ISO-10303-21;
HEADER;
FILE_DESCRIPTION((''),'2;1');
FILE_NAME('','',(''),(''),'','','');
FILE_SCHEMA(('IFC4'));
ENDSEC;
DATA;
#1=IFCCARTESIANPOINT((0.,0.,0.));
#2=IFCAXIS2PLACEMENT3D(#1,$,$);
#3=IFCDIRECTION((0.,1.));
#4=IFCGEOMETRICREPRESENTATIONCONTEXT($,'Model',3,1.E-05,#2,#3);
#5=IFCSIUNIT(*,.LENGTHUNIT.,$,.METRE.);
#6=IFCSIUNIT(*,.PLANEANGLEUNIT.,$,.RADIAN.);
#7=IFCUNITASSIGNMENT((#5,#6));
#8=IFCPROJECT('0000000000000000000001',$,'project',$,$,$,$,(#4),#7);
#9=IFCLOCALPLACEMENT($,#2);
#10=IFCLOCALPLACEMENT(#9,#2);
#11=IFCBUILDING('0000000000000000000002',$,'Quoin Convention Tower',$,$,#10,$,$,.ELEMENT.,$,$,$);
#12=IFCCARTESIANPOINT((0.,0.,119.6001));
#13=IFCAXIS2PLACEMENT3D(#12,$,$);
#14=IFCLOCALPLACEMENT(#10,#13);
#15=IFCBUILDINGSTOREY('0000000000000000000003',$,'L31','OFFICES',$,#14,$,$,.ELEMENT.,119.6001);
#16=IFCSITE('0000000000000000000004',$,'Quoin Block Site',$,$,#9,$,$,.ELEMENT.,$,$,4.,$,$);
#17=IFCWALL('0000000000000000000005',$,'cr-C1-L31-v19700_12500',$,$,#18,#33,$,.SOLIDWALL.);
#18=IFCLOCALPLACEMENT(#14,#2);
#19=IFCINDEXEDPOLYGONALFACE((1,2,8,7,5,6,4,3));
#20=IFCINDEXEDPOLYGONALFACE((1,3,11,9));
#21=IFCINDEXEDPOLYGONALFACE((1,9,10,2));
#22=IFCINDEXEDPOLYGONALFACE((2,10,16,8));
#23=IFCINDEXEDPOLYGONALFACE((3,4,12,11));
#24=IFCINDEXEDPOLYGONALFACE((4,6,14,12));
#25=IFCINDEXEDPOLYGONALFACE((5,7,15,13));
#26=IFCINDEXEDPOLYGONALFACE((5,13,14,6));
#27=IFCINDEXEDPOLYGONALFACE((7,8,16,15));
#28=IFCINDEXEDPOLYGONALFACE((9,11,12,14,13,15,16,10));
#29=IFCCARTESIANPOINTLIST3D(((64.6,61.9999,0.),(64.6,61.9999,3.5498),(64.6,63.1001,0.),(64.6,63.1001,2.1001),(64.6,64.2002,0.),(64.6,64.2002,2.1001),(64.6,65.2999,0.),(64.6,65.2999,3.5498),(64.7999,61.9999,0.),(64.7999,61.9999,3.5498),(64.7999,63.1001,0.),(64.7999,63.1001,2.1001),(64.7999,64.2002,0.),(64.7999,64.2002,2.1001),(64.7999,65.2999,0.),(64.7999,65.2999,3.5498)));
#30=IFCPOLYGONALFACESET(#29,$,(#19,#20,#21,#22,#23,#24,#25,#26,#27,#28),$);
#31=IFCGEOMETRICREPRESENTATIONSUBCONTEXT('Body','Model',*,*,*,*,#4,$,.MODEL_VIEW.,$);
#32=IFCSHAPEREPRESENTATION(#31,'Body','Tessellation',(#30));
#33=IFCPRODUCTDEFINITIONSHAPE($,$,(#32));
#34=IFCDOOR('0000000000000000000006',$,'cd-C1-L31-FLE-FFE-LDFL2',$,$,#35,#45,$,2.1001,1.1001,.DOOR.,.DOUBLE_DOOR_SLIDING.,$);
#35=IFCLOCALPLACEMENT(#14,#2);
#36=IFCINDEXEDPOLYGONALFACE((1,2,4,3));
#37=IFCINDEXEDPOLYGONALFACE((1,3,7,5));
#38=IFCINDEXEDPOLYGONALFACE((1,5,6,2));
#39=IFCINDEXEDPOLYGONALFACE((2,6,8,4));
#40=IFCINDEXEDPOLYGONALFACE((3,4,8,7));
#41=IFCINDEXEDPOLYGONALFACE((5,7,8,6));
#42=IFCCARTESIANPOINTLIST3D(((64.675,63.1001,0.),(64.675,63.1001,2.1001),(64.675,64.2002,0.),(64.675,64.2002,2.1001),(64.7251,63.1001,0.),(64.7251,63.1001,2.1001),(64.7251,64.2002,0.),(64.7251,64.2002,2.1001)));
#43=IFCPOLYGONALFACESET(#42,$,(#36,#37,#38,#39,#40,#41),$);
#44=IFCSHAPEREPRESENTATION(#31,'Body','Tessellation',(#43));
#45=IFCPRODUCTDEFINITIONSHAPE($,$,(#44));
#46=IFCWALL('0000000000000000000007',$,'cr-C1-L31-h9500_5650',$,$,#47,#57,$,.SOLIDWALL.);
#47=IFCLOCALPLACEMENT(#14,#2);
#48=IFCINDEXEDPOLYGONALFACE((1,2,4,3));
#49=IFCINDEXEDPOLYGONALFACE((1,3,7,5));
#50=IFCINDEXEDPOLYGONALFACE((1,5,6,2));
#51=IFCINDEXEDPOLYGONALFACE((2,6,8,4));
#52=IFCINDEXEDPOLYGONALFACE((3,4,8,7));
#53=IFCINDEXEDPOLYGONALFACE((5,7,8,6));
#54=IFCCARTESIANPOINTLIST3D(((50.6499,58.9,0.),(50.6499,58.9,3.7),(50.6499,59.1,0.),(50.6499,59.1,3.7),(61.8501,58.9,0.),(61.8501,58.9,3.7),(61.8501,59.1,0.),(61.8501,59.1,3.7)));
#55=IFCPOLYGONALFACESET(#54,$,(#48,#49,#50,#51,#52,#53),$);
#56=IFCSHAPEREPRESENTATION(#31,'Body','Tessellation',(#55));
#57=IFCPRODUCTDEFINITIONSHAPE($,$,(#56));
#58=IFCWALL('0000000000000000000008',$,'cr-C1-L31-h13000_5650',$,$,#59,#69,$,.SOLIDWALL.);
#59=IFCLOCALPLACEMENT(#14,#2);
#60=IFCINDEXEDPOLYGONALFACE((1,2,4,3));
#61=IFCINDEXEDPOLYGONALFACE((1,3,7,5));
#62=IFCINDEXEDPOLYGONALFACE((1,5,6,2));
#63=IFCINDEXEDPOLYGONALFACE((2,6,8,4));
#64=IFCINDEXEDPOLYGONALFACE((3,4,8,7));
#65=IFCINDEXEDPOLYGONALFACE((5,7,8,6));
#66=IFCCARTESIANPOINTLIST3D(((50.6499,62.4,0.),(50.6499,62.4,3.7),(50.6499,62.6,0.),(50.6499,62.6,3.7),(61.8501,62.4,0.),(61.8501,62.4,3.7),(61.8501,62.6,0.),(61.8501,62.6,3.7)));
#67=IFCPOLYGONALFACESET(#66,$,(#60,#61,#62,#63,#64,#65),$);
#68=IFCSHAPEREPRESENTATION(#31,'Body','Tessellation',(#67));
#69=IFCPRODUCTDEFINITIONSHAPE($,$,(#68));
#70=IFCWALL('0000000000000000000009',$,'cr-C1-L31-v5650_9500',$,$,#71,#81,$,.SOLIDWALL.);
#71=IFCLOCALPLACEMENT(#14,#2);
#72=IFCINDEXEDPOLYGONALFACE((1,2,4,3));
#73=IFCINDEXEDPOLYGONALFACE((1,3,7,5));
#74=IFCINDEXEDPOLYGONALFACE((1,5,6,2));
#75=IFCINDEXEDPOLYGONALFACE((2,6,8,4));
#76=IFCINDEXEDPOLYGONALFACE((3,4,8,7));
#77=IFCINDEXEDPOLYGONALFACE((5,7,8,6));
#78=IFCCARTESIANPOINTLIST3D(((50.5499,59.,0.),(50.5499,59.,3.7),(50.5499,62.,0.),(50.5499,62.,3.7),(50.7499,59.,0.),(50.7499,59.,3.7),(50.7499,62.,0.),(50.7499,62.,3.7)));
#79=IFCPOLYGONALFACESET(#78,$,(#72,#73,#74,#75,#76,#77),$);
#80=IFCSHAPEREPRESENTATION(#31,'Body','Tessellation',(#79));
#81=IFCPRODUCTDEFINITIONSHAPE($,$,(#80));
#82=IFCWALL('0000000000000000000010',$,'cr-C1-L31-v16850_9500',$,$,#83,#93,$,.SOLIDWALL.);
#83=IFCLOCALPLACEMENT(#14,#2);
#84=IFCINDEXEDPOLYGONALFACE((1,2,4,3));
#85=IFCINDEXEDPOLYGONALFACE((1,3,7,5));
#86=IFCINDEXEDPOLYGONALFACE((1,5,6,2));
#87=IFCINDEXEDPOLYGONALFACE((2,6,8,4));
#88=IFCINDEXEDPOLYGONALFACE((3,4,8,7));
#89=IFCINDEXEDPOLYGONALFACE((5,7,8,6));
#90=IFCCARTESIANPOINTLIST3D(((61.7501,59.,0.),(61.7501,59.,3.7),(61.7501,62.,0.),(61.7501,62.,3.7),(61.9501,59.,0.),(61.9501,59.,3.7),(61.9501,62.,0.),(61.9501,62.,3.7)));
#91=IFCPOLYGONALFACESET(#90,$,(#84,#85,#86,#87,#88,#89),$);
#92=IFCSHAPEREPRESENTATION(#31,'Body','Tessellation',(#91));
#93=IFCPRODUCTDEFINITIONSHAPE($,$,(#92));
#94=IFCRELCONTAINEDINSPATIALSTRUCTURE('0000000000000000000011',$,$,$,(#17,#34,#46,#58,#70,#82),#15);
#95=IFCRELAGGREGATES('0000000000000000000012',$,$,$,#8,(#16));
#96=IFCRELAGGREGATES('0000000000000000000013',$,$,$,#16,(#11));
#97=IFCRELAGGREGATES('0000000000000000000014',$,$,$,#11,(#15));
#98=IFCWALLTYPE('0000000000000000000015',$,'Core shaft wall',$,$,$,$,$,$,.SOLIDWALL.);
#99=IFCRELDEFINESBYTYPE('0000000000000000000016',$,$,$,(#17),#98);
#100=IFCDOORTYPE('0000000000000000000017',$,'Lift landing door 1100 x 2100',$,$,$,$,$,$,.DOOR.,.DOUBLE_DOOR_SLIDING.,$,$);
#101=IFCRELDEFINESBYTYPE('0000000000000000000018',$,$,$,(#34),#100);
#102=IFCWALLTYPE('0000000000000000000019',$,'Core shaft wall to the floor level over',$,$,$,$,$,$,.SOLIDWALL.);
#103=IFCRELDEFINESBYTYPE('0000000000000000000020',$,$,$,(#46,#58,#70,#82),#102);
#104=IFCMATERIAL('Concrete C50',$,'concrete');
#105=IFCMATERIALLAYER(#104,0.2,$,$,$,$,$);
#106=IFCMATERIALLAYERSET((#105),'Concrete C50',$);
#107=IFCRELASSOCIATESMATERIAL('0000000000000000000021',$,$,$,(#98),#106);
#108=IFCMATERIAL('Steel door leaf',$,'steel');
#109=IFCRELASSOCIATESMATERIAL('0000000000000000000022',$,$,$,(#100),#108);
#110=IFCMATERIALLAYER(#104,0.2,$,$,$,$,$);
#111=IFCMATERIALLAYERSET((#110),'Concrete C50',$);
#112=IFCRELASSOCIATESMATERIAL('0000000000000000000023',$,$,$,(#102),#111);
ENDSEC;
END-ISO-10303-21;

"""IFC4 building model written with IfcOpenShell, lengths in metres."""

from ifc_helpers import new_model, si_unit, direction, frame, frame_2d, origin, place, context, subcontext, project, spatial, rectangle, extrude, material, layer, layer_set, type_object, element, fill, save


model = new_model("IFC4")

# Units and contexts
model_context = context("Model", 3, precision=1e-05, world=origin(), true_north=direction((0.0, 1.0)))
body_context = subcontext(model_context, "Body", "Model", "MODEL_VIEW")
ifc_project = project(units=[si_unit("LENGTHUNIT", "METRE"), si_unit("PLANEANGLEUNIT", "RADIAN")], contexts=[model_context])

# Site, building, storey
site_placement = place(None, origin())
site = spatial("IfcSite", under=ifc_project, at=site_placement, Name="Quoin Block Site", CompositionType="ELEMENT", RefElevation=4.0)
building_placement = place(site_placement, origin())
building = spatial("IfcBuilding", under=site, at=building_placement, Name="Quoin Convention Tower", CompositionType="ELEMENT")
storey_placement = place(building_placement, frame((0.0, 0.0, 119.6001)))
storey = spatial("IfcBuildingStorey", under=building, at=storey_placement, Name="L31", Description="OFFICES", CompositionType="ELEMENT", Elevation=119.6001)

# Shared definitions
ifc_material_1 = material(Name="Concrete C50", Category="concrete")
ifc_layer_1 = layer(ifc_material_1, 0.2)
ifc_layer_set_1 = layer_set([ifc_layer_1], Name="Concrete C50")
wall_type_1 = type_object("IfcWallType", Name="Core shaft wall", PredefinedType="SOLIDWALL", material=ifc_layer_set_1)

# Shared definitions
ifc_material_2 = material(Name="Steel door leaf", Category="steel")

# Wall, opening, door
wall_1_placement = place(storey_placement, frame((64.7, 62.0, 0.0), z_axis=(0.0, 0.0, 1.0), x_axis=(0.0, 1.0, 0.0)))
wall_1 = element("IfcWall", 1, at=wall_1_placement, inside=storey, type_object=wall_type_1, Name="cr-C1-L31-v19700_12500", PredefinedType="SOLIDWALL", context=body_context, shape_type="SweptSolid", body=[
    extrude(rectangle(XDim=3.3, YDim=0.2, at=frame_2d((1.6499, 0.0))), origin(), (0.0, 0.0, 1.0), 3.5498),
])
opening_1_placement = place(wall_1_placement, frame((1.1001, 0.0, 0.0)))
opening_1 = element("IfcOpeningElement", 2, at=opening_1_placement, cuts=wall_1, PredefinedType="OPENING", context=body_context, shape_type="SweptSolid", body=[
    extrude(rectangle(XDim=1.1001, YDim=2.1001, at=frame_2d((0.55, 1.05))), frame((0.0, 0.1099, 0.0), z_axis=(0.0, -1.0, 0.0), x_axis=(1.0, 0.0, 0.0)), (0.0, 0.0, 1.0), 0.22),
])
door_type_1 = type_object("IfcDoorType", Name="Lift landing door 1100 x 2100", OperationType="DOUBLE_DOOR_SLIDING", PredefinedType="DOOR", material=ifc_material_2)
door_1_placement = place(opening_1_placement, origin())
door_1 = element("IfcDoor", 3, at=door_1_placement, inside=storey, type_object=door_type_1, Name="cd-C1-L31-FLE-FFE-LDFL2", OperationType="DOUBLE_DOOR_SLIDING", OverallHeight=2.1001, OverallWidth=1.1001, PredefinedType="DOOR", context=body_context, shape_type="SweptSolid", body=[
    extrude(rectangle(XDim=1.1001, YDim=2.1001, at=frame_2d((0.55, 1.05))), frame((0.0, 0.0249, 0.0), z_axis=(0.0, -1.0, 0.0), x_axis=(1.0, 0.0, 0.0)), (0.0, 0.0, 1.0), 0.05),
])
fill(opening_1, door_1)

# Walls
ifc_layer_2 = layer(ifc_material_1, 0.2)
ifc_layer_set_2 = layer_set([ifc_layer_2], Name="Concrete C50")
wall_type_2 = type_object("IfcWallType", Name="Core shaft wall to the floor level over", PredefinedType="SOLIDWALL", material=ifc_layer_set_2)
for number, where, z_axis, x_axis, name in (
    (4, (50.6499, 59.0, 0.0), (0.0, 0.0, 1.0), (1.0, 0.0, 0.0), "cr-C1-L31-h9500_5650"),
    (5, (50.6499, 62.5, 0.0), (0.0, 0.0, 1.0), (1.0, 0.0, 0.0), "cr-C1-L31-h13000_5650"),
):
    element("IfcWall", number, at=place(storey_placement, frame(where, z_axis=z_axis, x_axis=x_axis)), inside=storey, type_object=wall_type_2, Name=name, PredefinedType="SOLIDWALL", context=body_context, shape_type="SweptSolid", body=[
        extrude(rectangle(XDim=11.2002, YDim=0.2, at=frame_2d((5.6001, 0.0))), origin(), (0.0, 0.0, 1.0), 3.7),
    ])
for number, where, z_axis, x_axis, name in (
    (6, (50.6499, 59.0, 0.0), (0.0, 0.0, 1.0), (0.0, 1.0, 0.0), "cr-C1-L31-v5650_9500"),
    (7, (61.8501, 59.0, 0.0), (0.0, 0.0, 1.0), (0.0, 1.0, 0.0), "cr-C1-L31-v16850_9500"),
):
    element("IfcWall", number, at=place(storey_placement, frame(where, z_axis=z_axis, x_axis=x_axis)), inside=storey, type_object=wall_type_2, Name=name, PredefinedType="SOLIDWALL", context=body_context, shape_type="SweptSolid", body=[
        extrude(rectangle(XDim=3.0, YDim=0.2, at=frame_2d((1.5, 0.0))), origin(), (0.0, 0.0, 1.0), 3.7),
    ])

save(model, "model.ifc")
